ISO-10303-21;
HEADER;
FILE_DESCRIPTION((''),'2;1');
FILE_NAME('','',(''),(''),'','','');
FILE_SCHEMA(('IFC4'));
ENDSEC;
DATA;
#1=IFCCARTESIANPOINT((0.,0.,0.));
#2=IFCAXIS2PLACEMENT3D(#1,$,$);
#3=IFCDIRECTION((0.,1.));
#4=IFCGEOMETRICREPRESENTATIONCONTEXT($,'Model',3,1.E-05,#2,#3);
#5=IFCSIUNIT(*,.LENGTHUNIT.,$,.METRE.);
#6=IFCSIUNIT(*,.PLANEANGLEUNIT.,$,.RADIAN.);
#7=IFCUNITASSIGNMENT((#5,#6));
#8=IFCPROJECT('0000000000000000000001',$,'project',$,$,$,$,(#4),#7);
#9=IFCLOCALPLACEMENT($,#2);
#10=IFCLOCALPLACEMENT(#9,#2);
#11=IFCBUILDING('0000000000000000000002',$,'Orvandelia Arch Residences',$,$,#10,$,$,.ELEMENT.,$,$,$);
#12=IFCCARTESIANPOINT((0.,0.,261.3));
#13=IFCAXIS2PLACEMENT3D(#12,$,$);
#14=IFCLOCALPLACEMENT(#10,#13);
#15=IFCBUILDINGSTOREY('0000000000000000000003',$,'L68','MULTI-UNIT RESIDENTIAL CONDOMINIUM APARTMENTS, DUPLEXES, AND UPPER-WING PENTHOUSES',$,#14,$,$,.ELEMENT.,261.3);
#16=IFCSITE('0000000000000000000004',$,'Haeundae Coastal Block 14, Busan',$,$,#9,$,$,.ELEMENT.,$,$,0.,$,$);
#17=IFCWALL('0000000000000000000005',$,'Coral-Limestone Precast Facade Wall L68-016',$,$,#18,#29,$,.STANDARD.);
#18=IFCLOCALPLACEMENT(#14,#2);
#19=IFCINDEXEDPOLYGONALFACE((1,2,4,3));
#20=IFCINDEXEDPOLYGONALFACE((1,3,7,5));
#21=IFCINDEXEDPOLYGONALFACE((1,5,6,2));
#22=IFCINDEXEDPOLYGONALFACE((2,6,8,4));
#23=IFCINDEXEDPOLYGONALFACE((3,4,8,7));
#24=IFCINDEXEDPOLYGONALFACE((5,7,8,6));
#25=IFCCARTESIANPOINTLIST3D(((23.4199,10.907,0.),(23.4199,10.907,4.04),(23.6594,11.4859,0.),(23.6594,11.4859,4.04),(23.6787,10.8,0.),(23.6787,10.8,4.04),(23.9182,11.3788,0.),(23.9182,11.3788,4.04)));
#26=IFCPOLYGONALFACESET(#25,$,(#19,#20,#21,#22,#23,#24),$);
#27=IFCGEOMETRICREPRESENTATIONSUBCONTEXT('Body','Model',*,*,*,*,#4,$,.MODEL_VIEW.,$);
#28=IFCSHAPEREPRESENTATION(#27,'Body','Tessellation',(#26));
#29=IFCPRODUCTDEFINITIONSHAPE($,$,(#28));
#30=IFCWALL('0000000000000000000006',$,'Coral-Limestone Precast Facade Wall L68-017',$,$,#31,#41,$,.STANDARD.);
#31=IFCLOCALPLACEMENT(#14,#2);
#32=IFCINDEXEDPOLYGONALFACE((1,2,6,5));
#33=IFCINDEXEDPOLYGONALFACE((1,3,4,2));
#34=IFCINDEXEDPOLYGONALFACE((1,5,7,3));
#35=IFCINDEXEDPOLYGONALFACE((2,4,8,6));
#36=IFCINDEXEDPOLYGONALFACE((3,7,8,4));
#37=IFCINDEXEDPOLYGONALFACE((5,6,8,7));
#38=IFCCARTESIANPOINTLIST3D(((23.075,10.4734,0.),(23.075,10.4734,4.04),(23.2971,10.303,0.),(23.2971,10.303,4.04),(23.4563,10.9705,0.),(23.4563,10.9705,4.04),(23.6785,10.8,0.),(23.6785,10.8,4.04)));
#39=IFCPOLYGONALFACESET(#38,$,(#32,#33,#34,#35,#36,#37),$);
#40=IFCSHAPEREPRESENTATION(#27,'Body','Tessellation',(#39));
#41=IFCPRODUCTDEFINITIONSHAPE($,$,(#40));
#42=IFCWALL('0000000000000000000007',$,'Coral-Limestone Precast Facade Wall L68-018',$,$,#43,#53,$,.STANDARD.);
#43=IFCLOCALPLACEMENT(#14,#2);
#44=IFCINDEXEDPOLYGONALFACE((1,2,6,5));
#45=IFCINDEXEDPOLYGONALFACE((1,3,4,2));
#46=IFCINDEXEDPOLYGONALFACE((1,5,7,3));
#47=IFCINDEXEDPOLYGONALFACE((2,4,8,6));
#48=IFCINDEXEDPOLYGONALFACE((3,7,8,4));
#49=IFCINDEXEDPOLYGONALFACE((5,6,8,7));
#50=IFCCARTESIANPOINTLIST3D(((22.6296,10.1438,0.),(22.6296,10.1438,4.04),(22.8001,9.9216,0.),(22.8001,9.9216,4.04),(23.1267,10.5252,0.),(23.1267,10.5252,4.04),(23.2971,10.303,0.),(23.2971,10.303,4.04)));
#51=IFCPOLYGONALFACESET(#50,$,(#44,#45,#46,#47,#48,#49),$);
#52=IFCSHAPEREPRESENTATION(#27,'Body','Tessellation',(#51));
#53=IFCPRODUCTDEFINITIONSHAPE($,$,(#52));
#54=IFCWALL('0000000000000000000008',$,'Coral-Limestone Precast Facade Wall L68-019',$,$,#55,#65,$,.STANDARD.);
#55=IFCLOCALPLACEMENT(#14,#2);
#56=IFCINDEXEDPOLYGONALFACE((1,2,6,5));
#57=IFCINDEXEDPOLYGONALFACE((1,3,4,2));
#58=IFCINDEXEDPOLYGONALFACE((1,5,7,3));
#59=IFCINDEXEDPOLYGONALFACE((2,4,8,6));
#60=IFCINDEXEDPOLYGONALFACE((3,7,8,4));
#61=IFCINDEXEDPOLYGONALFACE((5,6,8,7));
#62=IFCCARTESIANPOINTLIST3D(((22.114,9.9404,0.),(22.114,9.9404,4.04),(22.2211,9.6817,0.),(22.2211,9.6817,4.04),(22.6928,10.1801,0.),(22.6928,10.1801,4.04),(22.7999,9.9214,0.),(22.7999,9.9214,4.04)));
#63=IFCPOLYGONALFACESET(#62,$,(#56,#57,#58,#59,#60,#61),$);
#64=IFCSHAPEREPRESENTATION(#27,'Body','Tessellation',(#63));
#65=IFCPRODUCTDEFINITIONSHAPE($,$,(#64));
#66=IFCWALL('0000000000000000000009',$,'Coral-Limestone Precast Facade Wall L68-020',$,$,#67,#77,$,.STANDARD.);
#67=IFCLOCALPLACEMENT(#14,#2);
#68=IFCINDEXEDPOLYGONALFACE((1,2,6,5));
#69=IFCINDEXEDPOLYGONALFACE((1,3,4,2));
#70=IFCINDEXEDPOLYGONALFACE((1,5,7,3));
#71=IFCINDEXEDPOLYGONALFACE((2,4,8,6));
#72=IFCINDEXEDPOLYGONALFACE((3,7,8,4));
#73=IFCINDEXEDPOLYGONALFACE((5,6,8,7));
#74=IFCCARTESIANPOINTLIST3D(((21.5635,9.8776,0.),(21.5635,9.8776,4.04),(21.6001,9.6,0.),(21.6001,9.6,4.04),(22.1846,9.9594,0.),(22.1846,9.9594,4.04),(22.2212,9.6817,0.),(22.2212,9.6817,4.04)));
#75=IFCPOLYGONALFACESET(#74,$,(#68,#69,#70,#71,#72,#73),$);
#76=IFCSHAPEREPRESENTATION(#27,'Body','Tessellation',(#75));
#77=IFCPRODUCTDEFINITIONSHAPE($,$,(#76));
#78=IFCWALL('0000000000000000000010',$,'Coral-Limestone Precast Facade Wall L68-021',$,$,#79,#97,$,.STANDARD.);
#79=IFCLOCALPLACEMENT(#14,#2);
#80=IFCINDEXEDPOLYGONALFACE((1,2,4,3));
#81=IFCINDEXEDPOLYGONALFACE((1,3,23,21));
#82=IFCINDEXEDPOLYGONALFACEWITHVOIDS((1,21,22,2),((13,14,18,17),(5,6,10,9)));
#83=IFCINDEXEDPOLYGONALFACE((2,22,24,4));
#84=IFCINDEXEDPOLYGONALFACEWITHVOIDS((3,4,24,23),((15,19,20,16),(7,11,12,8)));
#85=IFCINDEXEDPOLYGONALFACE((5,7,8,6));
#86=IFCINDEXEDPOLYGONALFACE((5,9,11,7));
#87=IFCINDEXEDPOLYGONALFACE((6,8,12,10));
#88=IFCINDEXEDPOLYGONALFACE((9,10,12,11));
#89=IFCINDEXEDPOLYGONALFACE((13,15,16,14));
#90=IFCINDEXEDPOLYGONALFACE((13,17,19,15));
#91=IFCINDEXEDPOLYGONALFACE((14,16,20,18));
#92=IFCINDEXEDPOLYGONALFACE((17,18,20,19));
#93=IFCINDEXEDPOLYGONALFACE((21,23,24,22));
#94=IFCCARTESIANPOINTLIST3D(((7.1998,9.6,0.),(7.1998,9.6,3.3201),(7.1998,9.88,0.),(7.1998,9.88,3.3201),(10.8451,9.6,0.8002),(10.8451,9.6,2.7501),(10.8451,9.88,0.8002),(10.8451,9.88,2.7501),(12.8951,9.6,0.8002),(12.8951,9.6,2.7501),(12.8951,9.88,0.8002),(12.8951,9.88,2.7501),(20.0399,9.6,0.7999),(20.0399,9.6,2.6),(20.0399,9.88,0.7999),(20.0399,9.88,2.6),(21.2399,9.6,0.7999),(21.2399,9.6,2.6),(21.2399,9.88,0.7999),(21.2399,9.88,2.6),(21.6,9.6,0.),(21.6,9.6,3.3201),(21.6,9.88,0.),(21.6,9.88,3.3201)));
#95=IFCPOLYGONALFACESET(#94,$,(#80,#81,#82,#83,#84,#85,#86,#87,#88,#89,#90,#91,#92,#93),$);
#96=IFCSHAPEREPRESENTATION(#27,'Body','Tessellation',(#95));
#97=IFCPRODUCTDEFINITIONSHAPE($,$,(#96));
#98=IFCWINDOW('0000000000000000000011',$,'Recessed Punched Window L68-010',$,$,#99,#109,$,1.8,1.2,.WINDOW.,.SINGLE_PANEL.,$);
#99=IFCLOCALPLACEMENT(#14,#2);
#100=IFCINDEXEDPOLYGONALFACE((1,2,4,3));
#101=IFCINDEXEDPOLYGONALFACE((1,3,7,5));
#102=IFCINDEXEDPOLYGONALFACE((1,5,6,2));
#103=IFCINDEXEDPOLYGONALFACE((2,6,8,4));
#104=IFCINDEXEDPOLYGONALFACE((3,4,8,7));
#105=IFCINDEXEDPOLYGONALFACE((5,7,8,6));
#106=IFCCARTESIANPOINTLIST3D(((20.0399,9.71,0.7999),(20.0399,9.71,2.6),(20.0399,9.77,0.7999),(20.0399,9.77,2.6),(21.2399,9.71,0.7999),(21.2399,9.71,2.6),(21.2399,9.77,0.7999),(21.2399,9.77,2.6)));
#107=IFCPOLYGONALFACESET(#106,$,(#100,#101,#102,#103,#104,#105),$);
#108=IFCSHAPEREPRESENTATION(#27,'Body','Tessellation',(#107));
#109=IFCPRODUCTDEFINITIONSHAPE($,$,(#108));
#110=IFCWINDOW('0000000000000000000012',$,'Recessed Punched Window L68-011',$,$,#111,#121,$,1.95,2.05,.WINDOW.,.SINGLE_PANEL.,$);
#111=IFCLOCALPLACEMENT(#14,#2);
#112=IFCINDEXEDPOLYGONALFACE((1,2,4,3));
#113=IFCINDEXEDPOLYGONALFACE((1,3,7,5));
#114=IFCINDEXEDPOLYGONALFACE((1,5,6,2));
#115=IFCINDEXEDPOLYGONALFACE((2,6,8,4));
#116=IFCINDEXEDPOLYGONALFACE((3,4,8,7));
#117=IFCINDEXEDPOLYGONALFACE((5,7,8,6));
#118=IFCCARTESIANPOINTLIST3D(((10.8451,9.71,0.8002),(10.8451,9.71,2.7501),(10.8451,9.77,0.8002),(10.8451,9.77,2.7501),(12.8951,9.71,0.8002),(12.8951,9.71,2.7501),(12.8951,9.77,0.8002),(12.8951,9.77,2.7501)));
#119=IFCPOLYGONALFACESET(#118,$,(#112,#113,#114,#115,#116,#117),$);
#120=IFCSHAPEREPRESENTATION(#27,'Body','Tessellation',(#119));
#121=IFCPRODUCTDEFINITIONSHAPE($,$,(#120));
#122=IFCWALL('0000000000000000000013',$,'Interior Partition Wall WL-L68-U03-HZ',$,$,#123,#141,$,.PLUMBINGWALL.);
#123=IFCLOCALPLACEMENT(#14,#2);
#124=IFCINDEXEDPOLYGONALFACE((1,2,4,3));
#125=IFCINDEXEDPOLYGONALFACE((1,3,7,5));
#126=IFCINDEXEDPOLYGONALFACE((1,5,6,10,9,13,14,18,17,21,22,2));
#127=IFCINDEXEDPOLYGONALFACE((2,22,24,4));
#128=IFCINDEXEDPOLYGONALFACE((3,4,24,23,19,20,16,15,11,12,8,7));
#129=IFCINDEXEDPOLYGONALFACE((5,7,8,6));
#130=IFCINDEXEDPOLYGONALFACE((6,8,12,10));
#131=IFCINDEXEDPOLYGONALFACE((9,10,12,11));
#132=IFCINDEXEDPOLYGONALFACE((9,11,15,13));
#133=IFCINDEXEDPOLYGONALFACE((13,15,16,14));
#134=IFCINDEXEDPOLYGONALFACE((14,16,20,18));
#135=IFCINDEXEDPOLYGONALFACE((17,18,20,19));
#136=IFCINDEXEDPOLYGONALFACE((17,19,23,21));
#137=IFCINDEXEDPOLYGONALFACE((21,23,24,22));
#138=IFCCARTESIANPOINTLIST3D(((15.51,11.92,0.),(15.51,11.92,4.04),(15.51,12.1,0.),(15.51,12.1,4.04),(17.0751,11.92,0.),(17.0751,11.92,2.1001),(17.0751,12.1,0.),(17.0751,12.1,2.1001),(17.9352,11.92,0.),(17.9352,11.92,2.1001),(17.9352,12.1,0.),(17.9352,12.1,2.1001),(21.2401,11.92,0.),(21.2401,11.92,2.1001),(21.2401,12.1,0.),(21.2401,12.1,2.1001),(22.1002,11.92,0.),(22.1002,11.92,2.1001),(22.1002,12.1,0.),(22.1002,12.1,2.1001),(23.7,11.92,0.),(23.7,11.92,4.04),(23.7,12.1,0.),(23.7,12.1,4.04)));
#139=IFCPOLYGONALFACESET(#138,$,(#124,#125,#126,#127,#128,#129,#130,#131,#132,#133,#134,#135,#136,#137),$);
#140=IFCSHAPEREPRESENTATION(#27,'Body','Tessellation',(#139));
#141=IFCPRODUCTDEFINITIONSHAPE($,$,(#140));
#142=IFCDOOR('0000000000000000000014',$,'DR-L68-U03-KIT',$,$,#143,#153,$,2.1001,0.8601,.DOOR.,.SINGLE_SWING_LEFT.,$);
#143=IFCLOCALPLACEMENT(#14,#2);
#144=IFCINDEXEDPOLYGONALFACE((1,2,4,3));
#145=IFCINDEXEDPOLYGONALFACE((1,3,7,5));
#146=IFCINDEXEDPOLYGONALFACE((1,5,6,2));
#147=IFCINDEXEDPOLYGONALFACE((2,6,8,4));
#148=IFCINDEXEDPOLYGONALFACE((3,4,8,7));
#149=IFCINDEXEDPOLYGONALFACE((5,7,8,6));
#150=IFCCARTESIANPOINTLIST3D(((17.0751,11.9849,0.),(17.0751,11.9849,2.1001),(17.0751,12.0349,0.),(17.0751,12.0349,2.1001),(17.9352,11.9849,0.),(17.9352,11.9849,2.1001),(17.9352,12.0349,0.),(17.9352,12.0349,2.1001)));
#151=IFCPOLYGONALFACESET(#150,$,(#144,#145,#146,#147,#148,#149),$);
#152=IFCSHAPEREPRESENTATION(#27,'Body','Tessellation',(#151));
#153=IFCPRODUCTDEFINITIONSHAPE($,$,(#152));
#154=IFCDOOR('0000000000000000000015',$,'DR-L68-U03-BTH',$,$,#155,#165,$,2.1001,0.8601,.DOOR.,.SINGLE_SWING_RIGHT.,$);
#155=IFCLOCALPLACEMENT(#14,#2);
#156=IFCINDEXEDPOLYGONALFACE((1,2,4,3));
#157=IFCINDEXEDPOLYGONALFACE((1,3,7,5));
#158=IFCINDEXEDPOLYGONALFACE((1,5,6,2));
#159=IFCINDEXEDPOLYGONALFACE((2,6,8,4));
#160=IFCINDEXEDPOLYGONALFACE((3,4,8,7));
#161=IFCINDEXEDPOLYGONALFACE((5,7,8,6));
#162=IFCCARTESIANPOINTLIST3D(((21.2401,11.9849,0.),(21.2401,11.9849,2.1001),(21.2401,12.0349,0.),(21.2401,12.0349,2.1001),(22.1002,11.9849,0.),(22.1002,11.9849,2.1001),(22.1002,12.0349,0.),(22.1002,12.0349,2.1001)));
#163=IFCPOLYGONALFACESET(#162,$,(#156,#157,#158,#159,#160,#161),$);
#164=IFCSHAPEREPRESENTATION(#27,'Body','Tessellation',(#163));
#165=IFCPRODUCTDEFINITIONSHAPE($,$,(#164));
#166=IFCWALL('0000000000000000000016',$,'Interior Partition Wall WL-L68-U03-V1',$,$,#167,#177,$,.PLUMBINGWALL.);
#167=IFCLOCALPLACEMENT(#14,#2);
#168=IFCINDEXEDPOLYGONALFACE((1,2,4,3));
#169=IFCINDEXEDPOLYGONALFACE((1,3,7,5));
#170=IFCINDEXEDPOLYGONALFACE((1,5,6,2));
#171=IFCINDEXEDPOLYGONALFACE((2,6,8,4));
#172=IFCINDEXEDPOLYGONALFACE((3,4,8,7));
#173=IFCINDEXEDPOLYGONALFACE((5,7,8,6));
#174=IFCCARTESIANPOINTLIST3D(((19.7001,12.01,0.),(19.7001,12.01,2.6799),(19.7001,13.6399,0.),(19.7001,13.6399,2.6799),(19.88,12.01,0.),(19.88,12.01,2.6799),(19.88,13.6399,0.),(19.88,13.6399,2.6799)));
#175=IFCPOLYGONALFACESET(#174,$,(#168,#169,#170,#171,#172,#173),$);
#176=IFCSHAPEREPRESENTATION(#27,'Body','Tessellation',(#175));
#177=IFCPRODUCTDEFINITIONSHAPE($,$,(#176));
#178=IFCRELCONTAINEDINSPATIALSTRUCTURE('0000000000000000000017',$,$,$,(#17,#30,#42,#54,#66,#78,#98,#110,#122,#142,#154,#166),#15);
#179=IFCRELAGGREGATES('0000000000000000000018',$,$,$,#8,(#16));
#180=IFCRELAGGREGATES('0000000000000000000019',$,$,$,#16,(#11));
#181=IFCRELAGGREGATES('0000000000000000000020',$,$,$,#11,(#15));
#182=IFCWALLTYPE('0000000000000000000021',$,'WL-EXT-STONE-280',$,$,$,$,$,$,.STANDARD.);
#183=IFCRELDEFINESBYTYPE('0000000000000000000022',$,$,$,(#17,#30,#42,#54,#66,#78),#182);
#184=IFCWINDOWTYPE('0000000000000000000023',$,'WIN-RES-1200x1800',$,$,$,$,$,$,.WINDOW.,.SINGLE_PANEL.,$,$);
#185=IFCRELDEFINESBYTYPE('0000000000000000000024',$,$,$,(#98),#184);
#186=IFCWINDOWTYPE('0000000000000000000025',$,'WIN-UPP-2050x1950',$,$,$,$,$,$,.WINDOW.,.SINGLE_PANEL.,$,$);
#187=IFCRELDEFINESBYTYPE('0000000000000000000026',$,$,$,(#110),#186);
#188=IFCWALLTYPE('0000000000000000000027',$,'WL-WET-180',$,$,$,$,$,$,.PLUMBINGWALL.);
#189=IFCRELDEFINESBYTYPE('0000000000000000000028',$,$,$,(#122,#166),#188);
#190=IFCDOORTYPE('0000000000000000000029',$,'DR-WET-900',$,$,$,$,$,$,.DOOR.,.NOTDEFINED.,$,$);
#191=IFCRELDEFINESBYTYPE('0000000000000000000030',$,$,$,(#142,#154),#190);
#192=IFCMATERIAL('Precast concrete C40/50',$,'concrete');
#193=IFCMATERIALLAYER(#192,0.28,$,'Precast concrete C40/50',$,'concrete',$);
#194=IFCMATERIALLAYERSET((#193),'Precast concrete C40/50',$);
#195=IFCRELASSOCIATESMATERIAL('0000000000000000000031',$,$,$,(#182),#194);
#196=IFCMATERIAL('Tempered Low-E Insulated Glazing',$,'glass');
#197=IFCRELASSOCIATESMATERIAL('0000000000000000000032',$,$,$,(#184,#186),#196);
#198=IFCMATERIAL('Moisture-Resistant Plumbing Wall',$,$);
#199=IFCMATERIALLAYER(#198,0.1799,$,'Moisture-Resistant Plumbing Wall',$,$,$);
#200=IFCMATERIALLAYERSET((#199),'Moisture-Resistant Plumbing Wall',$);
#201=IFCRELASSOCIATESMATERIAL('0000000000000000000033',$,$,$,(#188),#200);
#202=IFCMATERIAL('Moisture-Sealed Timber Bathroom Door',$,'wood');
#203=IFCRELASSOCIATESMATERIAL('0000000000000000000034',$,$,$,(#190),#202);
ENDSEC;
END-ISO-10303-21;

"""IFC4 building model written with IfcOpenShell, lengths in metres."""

from ifc_helpers import new_model, si_unit, direction, frame, frame_2d, origin, place, context, subcontext, project, spatial, rectangle, extrude, material, layer, layer_set, type_object, element, fill, save


model = new_model("IFC4")

# Units and contexts
model_context = context("Model", 3, precision=1e-05, world=origin(), true_north=direction((0.0, 1.0)))
body_context = subcontext(model_context, "Body", "Model", "MODEL_VIEW")
ifc_project = project(units=[si_unit("LENGTHUNIT", "METRE"), si_unit("PLANEANGLEUNIT", "RADIAN")], contexts=[model_context])

# Site, building, storey
site_placement = place(None, origin())
site = spatial("IfcSite", under=ifc_project, at=site_placement, Name="Haeundae Coastal Block 14, Busan", CompositionType="ELEMENT", RefElevation=0.0)
building_placement = place(site_placement, origin())
building = spatial("IfcBuilding", under=site, at=building_placement, Name="Orvandelia Arch Residences", CompositionType="ELEMENT")
storey_placement = place(building_placement, frame((0.0, 0.0, 261.3)))
storey = spatial("IfcBuildingStorey", under=building, at=storey_placement, Name="L68", Description="MULTI-UNIT RESIDENTIAL CONDOMINIUM APARTMENTS, DUPLEXES, AND UPPER-WING PENTHOUSES", CompositionType="ELEMENT", Elevation=261.3)

# Walls
ifc_material_1 = material(Name="Precast concrete C40/50", Category="concrete")
ifc_layer_1 = layer(ifc_material_1, 0.28, Name="Precast concrete C40/50", Category="concrete")
ifc_layer_set_1 = layer_set([ifc_layer_1], Name="Precast concrete C40/50")
wall_type_1 = type_object("IfcWallType", Name="WL-EXT-STONE-280", PredefinedType="STANDARD", material=ifc_layer_set_1)
for number, where, z_axis, x_axis, name in (
    (1, (23.7888, 11.4324, 0.0), (0.0, 0.0, 1.0), (-0.382317, -0.924031, 0.0), "Coral-Limestone Precast Facade Wall L68-016"),
    (2, (23.5674, 10.8853, 0.0), (0.0, 0.0, 1.0), (-0.608693, -0.793406, 0.0), "Coral-Limestone Precast Facade Wall L68-017"),
    (3, (23.2119, 10.4141, 0.0), (0.0, 0.0, 1.0), (-0.793406, -0.608693, 0.0), "Coral-Limestone Precast Facade Wall L68-018"),
    (4, (22.7463, 10.0508, 0.0), (0.0, 0.0, 1.0), (-0.923893, -0.38265, 0.0), "Coral-Limestone Precast Facade Wall L68-019"),
    (5, (22.2029, 9.8206, 0.0), (0.0, 0.0, 1.0), (-0.991441, -0.130555, 0.0), "Coral-Limestone Precast Facade Wall L68-020"),
):
    element("IfcWall", number, at=place(storey_placement, frame(where, z_axis=z_axis, x_axis=x_axis)), inside=storey, type_object=wall_type_1, Name=name, PredefinedType="STANDARD", context=body_context, shape_type="SweptSolid", body=[
        extrude(rectangle(XDim=0.6265, YDim=0.28, at=frame_2d((0.3132, 0.0))), origin(), (0.0, 0.0, 1.0), 4.04),
    ])

# Wall, openings, windows
wall_1_placement = place(storey_placement, frame((21.6001, 9.74, 0.0), z_axis=(0.0, 0.0, 1.0), x_axis=(-1.0, 0.0, 0.0)))
wall_1 = element("IfcWall", 6, at=wall_1_placement, inside=storey, type_object=wall_type_1, Name="Coral-Limestone Precast Facade Wall L68-021", PredefinedType="STANDARD", context=body_context, shape_type="SweptSolid", body=[
    extrude(rectangle(XDim=14.4001, YDim=0.28, at=frame_2d((7.2002, 0.0))), origin(), (0.0, 0.0, 1.0), 3.3201),
])
opening_1_placement = place(wall_1_placement, frame((0.3601, 0.0, 0.8)))
opening_1 = element("IfcOpeningElement", 7, at=opening_1_placement, cuts=wall_1, PredefinedType="OPENING", context=body_context, shape_type="SweptSolid", body=[
    extrude(rectangle(XDim=1.2, YDim=1.8, at=frame_2d((0.6001, 0.8999))), frame((0.0, 0.1499, 0.0), z_axis=(0.0, -1.0, 0.0), x_axis=(1.0, 0.0, 0.0)), (0.0, 0.0, 1.0), 0.3),
])
opening_2_placement = place(wall_1_placement, frame((8.7051, 0.0, 0.8)))
opening_2 = element("IfcOpeningElement", 8, at=opening_2_placement, cuts=wall_1, PredefinedType="OPENING", context=body_context, shape_type="SweptSolid", body=[
    extrude(rectangle(XDim=2.05, YDim=1.95, at=frame_2d((1.0249, 0.9751))), frame((0.0, 0.1499, 0.0), z_axis=(0.0, -1.0, 0.0), x_axis=(1.0, 0.0, 0.0)), (0.0, 0.0, 1.0), 0.3),
])
ifc_material_2 = material(Name="Tempered Low-E Insulated Glazing", Category="glass")
window_type_1 = type_object("IfcWindowType", Name="WIN-RES-1200x1800", PartitioningType="SINGLE_PANEL", PredefinedType="WINDOW", material=ifc_material_2)
window_1_placement = place(opening_1_placement, origin())
window_1 = element("IfcWindow", 9, at=window_1_placement, inside=storey, type_object=window_type_1, Name="Recessed Punched Window L68-010", OverallHeight=1.8, OverallWidth=1.2, PartitioningType="SINGLE_PANEL", PredefinedType="WINDOW", context=body_context, shape_type="SweptSolid", body=[
    extrude(rectangle(XDim=1.2, YDim=1.8, at=frame_2d((0.6001, 0.8999))), frame((0.0, 0.03, 0.0), z_axis=(0.0, -1.0, 0.0), x_axis=(1.0, 0.0, 0.0)), (0.0, 0.0, 1.0), 0.0601),
])
fill(opening_1, window_1)
window_type_2 = type_object("IfcWindowType", Name="WIN-UPP-2050x1950", PartitioningType="SINGLE_PANEL", PredefinedType="WINDOW", material=ifc_material_2)
window_2_placement = place(opening_2_placement, origin())
window_2 = element("IfcWindow", 10, at=window_2_placement, inside=storey, type_object=window_type_2, Name="Recessed Punched Window L68-011", OverallHeight=1.95, OverallWidth=2.05, PartitioningType="SINGLE_PANEL", PredefinedType="WINDOW", context=body_context, shape_type="SweptSolid", body=[
    extrude(rectangle(XDim=2.05, YDim=1.95, at=frame_2d((1.0249, 0.9751))), frame((0.0, 0.03, 0.0), z_axis=(0.0, -1.0, 0.0), x_axis=(1.0, 0.0, 0.0)), (0.0, 0.0, 1.0), 0.0601),
])
fill(opening_2, window_2)

# Wall, openings, doors
ifc_material_3 = material(Name="Moisture-Resistant Plumbing Wall")
ifc_layer_2 = layer(ifc_material_3, 0.1799, Name="Moisture-Resistant Plumbing Wall")
ifc_layer_set_2 = layer_set([ifc_layer_2], Name="Moisture-Resistant Plumbing Wall")
wall_type_2 = type_object("IfcWallType", Name="WL-WET-180", PredefinedType="PLUMBINGWALL", material=ifc_layer_set_2)
wall_2_placement = place(storey_placement, frame((15.51, 12.01, 0.0), z_axis=(0.0, 0.0, 1.0), x_axis=(1.0, 0.0, 0.0)))
wall_2 = element("IfcWall", 11, at=wall_2_placement, inside=storey, type_object=wall_type_2, Name="Interior Partition Wall WL-L68-U03-HZ", PredefinedType="PLUMBINGWALL", context=body_context, shape_type="SweptSolid", body=[
    extrude(rectangle(XDim=8.1899, YDim=0.1799, at=frame_2d((4.095, 0.0))), origin(), (0.0, 0.0, 1.0), 4.04),
])
opening_3_placement = place(wall_2_placement, frame((1.5649, 0.0, 0.0)))
opening_3 = element("IfcOpeningElement", 12, at=opening_3_placement, cuts=wall_2, PredefinedType="OPENING", context=body_context, shape_type="SweptSolid", body=[
    extrude(rectangle(XDim=0.8601, YDim=2.1001, at=frame_2d((0.4302, 1.05))), frame((0.0, 0.1001, 0.0), z_axis=(0.0, -1.0, 0.0), x_axis=(1.0, 0.0, 0.0)), (0.0, 0.0, 1.0), 0.2),
])
opening_4_placement = place(wall_2_placement, frame((5.73, 0.0, 0.0)))
opening_4 = element("IfcOpeningElement", 13, at=opening_4_placement, cuts=wall_2, PredefinedType="OPENING", context=body_context, shape_type="SweptSolid", body=[
    extrude(rectangle(XDim=0.8601, YDim=2.1001, at=frame_2d((0.4302, 1.05))), frame((0.0, 0.1001, 0.0), z_axis=(0.0, -1.0, 0.0), x_axis=(1.0, 0.0, 0.0)), (0.0, 0.0, 1.0), 0.2),
])
ifc_material_4 = material(Name="Moisture-Sealed Timber Bathroom Door", Category="wood")
door_type_1 = type_object("IfcDoorType", Name="DR-WET-900", OperationType="NOTDEFINED", PredefinedType="DOOR", material=ifc_material_4)
door_1_placement = place(opening_3_placement, origin())
door_1 = element("IfcDoor", 14, at=door_1_placement, inside=storey, type_object=door_type_1, Name="DR-L68-U03-KIT", OperationType="SINGLE_SWING_LEFT", OverallHeight=2.1001, OverallWidth=0.8601, PredefinedType="DOOR", context=body_context, shape_type="SweptSolid", body=[
    extrude(rectangle(XDim=0.8601, YDim=2.1001, at=frame_2d((0.4302, 1.05))), frame((0.0, 0.0249, 0.0), z_axis=(0.0, -1.0, 0.0), x_axis=(1.0, 0.0, 0.0)), (0.0, 0.0, 1.0), 0.05),
])
fill(opening_3, door_1)
door_2_placement = place(opening_4_placement, origin())
door_2 = element("IfcDoor", 15, at=door_2_placement, inside=storey, type_object=door_type_1, Name="DR-L68-U03-BTH", OperationType="SINGLE_SWING_RIGHT", OverallHeight=2.1001, OverallWidth=0.8601, PredefinedType="DOOR", context=body_context, shape_type="SweptSolid", body=[
    extrude(rectangle(XDim=0.8601, YDim=2.1001, at=frame_2d((0.4302, 1.05))), frame((0.0, 0.0249, 0.0), z_axis=(0.0, -1.0, 0.0), x_axis=(1.0, 0.0, 0.0)), (0.0, 0.0, 1.0), 0.05),
])
fill(opening_4, door_2)

# Wall
wall_3_placement = place(storey_placement, frame((19.79, 12.01, 0.0), z_axis=(0.0, 0.0, 1.0), x_axis=(0.0, 1.0, 0.0)))
element("IfcWall", 16, at=wall_3_placement, inside=storey, type_object=wall_type_2, Name="Interior Partition Wall WL-L68-U03-V1", PredefinedType="PLUMBINGWALL", context=body_context, shape_type="SweptSolid", body=[
    extrude(rectangle(XDim=1.6299, YDim=0.1799, at=frame_2d((0.8149, 0.0))), origin(), (0.0, 0.0, 1.0), 2.6799),
])

save(model, "model.ifc")
